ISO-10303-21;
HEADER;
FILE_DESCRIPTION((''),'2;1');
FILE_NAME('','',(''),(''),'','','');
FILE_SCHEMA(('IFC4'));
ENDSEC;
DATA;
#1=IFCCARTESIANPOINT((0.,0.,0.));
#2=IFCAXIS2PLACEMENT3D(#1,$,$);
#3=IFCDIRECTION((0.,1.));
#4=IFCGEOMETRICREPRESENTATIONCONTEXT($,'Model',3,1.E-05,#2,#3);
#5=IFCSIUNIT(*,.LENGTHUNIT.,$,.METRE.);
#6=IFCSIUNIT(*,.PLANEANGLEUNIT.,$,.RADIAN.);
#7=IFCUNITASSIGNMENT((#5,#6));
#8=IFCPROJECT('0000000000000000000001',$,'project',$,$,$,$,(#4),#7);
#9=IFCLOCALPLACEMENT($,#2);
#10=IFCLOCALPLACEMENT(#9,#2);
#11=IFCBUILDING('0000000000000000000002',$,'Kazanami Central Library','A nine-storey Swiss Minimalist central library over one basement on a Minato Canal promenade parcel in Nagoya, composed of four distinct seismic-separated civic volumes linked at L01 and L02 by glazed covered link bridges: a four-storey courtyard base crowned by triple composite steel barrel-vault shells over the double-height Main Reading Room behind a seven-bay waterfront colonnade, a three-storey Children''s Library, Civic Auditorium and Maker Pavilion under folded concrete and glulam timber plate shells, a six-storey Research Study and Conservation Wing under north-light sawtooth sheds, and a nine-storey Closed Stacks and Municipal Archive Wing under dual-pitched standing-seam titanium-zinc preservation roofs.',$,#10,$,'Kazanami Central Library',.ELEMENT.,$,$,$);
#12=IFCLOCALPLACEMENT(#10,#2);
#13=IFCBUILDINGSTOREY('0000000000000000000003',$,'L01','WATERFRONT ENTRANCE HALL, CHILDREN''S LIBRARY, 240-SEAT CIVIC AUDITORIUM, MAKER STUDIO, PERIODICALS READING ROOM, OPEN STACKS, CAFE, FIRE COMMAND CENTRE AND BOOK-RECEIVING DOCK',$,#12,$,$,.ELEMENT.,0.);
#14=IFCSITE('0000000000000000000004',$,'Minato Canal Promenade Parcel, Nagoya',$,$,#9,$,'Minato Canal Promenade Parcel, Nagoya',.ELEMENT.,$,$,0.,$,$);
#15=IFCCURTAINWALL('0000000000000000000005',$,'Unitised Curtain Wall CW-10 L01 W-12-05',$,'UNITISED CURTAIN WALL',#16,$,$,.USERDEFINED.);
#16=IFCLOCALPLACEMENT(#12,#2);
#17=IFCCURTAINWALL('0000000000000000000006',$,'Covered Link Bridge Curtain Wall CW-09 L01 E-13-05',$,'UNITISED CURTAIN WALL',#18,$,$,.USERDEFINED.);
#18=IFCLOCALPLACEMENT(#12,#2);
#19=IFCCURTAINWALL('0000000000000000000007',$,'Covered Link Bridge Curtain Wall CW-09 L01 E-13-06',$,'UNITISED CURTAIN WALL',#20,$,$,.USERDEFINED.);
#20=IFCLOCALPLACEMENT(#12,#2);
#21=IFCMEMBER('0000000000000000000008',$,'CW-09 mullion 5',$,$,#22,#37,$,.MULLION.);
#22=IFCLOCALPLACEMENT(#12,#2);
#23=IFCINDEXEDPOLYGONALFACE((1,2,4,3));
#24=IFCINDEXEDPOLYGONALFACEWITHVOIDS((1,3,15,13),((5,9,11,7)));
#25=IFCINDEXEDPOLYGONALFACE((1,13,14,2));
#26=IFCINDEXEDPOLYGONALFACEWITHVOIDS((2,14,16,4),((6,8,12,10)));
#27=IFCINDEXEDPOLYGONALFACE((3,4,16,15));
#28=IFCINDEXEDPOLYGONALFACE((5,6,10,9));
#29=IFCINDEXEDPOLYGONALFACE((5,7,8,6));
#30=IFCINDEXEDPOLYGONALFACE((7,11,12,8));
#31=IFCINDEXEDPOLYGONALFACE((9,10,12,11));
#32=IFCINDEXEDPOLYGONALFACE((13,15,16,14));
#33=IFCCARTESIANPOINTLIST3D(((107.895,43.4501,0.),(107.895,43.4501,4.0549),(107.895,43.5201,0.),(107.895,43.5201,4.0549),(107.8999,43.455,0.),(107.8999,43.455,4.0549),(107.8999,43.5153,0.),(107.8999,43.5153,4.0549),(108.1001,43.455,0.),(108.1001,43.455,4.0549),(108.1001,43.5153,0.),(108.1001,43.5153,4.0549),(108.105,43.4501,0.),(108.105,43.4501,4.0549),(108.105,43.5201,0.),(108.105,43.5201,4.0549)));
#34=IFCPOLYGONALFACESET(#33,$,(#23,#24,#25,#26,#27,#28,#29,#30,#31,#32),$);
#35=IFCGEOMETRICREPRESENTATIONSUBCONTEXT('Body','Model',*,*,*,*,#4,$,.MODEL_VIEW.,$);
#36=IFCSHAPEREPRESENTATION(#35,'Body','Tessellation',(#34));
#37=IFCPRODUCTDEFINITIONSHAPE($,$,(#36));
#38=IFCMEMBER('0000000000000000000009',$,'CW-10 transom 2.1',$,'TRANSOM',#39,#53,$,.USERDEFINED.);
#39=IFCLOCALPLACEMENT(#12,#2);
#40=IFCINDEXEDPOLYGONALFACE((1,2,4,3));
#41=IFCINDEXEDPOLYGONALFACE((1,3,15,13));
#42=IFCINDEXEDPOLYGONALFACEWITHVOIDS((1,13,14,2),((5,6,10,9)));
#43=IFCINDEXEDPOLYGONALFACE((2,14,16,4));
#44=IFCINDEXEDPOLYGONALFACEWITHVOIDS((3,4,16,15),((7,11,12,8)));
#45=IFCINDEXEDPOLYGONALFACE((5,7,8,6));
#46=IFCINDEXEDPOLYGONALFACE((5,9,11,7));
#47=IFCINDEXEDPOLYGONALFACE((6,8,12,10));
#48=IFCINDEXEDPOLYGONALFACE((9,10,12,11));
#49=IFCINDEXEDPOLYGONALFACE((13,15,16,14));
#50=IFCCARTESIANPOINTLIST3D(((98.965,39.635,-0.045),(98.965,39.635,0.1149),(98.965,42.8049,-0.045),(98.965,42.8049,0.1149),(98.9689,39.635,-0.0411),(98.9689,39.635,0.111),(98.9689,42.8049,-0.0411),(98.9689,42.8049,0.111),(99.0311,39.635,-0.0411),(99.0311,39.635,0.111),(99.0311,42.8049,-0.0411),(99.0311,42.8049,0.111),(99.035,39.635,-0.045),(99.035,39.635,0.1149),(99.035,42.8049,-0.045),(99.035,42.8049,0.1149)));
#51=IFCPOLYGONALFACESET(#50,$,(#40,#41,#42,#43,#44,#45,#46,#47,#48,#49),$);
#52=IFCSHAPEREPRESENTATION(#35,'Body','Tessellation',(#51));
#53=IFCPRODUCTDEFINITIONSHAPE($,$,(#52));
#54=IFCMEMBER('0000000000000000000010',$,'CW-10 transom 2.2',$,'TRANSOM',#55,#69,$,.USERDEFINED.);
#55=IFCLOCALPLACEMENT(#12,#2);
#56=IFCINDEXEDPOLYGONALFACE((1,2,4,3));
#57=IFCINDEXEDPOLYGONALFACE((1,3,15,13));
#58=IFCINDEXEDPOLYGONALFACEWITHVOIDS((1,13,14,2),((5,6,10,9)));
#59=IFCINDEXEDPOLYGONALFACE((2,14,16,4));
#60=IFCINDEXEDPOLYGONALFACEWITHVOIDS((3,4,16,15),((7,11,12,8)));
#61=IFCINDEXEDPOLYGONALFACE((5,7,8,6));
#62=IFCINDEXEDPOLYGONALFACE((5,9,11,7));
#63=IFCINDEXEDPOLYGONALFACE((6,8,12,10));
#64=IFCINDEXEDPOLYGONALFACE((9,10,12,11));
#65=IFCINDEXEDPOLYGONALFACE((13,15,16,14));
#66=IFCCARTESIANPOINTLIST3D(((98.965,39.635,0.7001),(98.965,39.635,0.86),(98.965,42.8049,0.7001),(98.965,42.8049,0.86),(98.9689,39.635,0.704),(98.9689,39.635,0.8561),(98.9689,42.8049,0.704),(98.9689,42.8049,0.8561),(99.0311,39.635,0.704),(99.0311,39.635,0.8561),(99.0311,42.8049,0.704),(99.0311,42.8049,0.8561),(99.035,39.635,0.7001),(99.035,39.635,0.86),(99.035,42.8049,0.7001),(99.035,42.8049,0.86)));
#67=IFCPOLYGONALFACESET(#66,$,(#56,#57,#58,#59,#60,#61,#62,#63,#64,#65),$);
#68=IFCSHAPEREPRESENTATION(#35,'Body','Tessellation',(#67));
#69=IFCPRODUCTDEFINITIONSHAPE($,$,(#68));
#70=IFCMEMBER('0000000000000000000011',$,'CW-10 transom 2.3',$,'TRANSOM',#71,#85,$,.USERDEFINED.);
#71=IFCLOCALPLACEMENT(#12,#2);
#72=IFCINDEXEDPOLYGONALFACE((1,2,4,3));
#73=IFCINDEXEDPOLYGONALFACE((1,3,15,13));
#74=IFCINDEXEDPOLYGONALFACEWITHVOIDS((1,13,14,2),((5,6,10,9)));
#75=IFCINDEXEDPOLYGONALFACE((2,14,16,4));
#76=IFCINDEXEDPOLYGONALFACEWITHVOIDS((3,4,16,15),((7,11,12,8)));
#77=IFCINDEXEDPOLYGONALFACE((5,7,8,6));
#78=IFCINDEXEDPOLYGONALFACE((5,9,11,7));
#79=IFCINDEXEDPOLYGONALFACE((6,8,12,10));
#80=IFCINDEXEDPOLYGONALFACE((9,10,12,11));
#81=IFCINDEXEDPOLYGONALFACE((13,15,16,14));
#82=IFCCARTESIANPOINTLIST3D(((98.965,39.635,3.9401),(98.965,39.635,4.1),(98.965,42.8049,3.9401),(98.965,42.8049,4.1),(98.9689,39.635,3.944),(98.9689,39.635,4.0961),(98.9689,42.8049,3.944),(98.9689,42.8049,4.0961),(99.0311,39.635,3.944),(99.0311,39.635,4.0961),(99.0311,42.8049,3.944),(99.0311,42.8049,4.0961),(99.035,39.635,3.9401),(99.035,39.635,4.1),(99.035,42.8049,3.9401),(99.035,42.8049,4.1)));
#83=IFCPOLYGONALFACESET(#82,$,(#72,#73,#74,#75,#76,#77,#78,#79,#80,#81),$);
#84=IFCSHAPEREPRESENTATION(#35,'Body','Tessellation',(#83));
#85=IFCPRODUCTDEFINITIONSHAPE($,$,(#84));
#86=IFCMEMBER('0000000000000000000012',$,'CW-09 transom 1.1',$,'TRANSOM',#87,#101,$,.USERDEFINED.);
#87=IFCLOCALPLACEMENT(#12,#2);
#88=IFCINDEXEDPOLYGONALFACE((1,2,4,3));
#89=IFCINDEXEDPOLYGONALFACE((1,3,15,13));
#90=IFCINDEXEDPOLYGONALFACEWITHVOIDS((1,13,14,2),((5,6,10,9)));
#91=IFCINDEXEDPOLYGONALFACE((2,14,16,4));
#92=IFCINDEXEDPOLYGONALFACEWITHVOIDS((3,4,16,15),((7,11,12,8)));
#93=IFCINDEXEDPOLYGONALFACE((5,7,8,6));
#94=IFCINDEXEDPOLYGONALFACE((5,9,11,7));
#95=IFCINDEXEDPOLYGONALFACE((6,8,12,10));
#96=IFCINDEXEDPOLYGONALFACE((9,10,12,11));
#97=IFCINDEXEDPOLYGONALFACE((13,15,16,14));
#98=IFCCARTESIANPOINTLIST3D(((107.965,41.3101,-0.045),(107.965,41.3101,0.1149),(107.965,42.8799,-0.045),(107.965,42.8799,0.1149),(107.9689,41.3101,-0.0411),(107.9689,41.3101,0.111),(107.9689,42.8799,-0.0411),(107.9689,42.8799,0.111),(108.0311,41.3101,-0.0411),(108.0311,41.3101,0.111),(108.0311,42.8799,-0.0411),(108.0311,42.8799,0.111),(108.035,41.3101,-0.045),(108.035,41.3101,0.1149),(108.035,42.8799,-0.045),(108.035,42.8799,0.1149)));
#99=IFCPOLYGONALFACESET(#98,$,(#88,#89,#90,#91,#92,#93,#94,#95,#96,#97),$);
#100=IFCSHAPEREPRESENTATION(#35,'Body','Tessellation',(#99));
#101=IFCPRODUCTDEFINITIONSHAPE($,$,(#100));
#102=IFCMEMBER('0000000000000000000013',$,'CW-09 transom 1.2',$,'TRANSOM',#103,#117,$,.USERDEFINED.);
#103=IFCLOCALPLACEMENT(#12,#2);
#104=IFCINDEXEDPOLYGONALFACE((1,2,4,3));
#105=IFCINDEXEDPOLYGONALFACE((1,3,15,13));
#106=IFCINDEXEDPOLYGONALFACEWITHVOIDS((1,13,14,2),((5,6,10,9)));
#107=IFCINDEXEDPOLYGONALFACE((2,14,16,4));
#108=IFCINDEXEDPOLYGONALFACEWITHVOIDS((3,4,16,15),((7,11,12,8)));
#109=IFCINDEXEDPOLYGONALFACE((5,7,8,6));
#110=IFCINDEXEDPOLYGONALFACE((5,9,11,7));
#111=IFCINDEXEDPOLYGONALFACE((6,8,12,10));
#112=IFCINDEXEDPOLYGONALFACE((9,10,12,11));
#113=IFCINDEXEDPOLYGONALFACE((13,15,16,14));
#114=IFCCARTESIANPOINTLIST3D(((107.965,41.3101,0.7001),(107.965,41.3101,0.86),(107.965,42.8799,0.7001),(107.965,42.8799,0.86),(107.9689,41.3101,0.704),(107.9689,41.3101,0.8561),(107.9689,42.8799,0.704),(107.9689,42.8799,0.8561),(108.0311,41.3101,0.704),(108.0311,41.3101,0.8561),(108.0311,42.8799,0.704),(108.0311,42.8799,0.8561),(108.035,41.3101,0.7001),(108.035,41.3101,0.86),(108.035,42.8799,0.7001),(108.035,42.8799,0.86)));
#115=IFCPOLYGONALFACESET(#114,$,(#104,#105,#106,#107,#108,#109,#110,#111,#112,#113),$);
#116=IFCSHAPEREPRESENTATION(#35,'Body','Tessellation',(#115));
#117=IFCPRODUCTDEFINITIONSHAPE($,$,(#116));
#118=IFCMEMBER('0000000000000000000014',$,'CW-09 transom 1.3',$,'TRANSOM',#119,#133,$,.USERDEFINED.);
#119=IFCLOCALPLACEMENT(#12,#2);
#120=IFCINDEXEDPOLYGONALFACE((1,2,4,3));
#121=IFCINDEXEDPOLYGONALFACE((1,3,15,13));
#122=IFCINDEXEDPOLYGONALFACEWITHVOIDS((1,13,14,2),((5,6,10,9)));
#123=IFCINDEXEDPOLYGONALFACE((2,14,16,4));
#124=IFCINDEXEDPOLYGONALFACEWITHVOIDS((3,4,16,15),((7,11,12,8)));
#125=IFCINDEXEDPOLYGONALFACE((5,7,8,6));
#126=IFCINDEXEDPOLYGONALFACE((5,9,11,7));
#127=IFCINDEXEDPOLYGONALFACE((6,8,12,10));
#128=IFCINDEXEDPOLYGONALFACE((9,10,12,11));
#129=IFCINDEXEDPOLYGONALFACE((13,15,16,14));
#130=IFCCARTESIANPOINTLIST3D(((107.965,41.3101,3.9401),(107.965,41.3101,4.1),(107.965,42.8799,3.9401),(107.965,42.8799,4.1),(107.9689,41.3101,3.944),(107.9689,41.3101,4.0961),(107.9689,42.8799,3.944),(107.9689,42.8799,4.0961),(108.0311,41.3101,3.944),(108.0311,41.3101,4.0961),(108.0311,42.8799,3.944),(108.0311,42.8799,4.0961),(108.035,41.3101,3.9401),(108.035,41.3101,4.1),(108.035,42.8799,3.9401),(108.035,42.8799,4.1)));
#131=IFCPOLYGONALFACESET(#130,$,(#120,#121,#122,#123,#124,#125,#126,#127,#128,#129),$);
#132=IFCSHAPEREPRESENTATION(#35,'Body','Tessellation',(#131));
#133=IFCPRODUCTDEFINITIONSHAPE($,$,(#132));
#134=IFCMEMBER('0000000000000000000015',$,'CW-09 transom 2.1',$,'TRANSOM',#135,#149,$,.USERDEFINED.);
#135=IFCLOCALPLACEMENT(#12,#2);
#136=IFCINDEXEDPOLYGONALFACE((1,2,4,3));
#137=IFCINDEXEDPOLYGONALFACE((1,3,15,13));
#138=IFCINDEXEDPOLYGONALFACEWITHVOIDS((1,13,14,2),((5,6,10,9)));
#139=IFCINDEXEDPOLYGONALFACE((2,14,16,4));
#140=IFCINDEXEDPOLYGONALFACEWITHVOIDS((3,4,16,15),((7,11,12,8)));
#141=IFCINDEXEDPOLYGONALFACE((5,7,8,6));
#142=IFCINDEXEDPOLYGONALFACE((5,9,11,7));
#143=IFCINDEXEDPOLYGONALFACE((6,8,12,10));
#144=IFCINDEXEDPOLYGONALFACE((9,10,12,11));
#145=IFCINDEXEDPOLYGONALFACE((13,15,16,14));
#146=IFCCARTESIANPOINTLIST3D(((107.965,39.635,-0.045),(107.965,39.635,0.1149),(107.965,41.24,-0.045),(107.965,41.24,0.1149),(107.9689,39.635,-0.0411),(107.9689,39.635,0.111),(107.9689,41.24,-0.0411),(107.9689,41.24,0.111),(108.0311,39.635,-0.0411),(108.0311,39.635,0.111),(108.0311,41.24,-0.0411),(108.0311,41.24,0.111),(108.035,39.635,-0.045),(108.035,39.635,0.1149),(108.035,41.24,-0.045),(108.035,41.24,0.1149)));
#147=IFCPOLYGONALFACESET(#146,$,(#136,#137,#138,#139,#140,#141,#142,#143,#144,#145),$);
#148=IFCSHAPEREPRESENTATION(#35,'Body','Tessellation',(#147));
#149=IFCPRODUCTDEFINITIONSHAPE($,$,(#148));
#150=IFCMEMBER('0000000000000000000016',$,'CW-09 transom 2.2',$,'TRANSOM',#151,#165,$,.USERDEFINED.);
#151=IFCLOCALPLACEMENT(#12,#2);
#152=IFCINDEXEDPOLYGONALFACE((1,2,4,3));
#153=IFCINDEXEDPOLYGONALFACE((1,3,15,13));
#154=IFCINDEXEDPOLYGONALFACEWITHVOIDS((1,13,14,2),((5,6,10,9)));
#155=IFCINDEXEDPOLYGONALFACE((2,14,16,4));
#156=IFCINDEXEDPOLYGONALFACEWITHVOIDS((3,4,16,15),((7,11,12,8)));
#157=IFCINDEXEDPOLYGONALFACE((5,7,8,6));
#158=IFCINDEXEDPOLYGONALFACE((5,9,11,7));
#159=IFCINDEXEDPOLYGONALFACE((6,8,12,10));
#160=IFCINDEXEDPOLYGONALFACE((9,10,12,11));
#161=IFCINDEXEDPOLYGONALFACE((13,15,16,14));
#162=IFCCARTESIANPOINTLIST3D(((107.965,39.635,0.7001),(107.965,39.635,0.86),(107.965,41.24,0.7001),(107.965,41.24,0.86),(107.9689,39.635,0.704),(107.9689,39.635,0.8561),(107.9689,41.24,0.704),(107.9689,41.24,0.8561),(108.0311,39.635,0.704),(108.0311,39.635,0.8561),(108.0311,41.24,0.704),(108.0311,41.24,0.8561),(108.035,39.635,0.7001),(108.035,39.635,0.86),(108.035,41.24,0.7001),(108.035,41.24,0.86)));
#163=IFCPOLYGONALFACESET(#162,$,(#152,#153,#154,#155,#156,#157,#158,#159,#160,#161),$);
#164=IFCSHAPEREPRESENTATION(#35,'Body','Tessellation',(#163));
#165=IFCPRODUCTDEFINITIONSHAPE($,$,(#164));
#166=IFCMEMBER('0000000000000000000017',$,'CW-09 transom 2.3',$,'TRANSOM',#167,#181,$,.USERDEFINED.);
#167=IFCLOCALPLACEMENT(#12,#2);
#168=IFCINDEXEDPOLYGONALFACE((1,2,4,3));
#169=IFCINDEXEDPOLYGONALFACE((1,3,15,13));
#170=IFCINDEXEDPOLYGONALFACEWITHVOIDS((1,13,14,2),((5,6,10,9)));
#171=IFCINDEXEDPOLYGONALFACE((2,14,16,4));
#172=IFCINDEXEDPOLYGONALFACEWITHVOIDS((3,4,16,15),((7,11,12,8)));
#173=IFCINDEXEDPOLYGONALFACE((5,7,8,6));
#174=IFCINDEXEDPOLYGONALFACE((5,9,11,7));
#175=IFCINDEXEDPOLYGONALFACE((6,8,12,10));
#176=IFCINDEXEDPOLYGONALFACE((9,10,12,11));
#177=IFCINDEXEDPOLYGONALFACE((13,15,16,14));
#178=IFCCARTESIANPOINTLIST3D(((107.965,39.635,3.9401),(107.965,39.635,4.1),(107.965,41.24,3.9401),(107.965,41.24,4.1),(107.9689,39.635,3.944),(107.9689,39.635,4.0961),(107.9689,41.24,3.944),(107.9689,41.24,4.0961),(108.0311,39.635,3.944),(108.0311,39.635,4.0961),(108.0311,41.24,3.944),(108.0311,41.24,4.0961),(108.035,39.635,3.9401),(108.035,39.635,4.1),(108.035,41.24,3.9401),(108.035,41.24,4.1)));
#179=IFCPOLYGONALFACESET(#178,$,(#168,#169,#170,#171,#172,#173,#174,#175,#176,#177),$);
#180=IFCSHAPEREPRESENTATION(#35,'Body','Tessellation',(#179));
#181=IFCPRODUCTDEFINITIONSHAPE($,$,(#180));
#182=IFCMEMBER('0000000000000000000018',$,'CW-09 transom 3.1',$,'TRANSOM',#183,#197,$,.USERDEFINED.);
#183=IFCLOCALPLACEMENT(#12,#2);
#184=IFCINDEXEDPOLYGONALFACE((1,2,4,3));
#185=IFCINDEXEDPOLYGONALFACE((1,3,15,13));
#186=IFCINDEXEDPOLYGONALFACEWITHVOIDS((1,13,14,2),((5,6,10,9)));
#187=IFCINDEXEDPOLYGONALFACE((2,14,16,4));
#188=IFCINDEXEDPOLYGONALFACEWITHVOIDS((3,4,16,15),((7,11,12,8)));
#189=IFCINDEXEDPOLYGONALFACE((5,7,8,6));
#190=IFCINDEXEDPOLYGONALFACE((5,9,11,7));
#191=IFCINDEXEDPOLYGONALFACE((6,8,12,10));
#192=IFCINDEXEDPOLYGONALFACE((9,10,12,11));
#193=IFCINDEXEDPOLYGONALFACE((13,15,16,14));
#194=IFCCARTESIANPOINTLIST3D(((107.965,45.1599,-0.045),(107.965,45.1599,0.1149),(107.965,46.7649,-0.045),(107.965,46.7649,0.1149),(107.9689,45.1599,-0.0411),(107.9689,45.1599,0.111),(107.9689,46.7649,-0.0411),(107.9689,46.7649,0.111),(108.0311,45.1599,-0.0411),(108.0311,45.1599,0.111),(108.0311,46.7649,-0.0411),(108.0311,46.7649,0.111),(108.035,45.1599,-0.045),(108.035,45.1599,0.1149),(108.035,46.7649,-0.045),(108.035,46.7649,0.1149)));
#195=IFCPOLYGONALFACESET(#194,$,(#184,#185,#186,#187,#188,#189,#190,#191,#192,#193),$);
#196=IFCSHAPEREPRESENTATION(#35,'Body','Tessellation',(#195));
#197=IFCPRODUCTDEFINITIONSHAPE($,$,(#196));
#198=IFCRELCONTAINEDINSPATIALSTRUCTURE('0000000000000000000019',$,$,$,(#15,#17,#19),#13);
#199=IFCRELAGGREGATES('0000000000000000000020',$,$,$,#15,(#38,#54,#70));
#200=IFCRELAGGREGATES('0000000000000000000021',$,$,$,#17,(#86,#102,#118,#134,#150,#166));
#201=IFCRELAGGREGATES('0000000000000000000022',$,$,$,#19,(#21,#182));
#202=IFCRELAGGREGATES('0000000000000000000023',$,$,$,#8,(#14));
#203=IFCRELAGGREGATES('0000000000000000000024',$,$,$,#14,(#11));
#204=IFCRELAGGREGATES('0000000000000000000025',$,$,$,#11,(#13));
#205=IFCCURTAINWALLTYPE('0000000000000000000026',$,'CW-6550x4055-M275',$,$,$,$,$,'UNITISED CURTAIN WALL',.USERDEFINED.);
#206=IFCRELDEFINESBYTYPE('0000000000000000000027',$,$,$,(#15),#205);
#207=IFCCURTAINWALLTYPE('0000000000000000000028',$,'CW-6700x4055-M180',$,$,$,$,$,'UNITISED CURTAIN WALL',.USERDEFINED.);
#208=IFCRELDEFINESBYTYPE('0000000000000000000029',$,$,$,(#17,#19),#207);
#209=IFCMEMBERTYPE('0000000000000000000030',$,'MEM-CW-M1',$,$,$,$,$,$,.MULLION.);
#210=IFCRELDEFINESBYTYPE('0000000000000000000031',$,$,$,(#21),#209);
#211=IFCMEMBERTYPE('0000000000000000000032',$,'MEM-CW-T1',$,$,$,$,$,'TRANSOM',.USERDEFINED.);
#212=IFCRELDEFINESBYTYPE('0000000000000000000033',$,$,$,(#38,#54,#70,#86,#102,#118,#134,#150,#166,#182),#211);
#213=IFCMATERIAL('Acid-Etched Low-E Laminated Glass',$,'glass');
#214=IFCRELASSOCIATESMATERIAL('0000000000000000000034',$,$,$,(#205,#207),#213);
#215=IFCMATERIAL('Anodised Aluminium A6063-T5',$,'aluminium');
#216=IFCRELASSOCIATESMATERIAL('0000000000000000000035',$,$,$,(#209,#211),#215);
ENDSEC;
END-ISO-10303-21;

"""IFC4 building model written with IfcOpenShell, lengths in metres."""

from ifc_helpers import new_model, si_unit, direction, frame, origin, origin_2d, place, context, subcontext, project, spatial, hollow_rectangle, extrude, material, material_profile, profile_set, type_object, element, aggregate, save


model = new_model("IFC4")

# Units and contexts
model_context = context("Model", 3, precision=1e-05, world=origin(), true_north=direction((0.0, 1.0)))
body_context = subcontext(model_context, "Body", "Model", "MODEL_VIEW")
ifc_project = project(units=[si_unit("LENGTHUNIT", "METRE"), si_unit("PLANEANGLEUNIT", "RADIAN")], contexts=[model_context])

# Site, building, storey
site_placement = place(None, origin())
site = spatial("IfcSite", under=ifc_project, at=site_placement, Name="Minato Canal Promenade Parcel, Nagoya", LongName="Minato Canal Promenade Parcel, Nagoya", CompositionType="ELEMENT", RefElevation=0.0)
building_placement = place(site_placement, origin())
building = spatial("IfcBuilding", under=site, at=building_placement, Name="Kazanami Central Library", Description="A nine-storey Swiss Minimalist central library over one basement on a Minato Canal promenade parcel in Nagoya, composed of four distinct seismic-separated civic volumes linked at L01 and L02 by glazed covered link bridges: a four-storey courtyard base crowned by triple composite steel barrel-vault shells over the double-height Main Reading Room behind a seven-bay waterfront colonnade, a three-storey Children's Library, Civic Auditorium and Maker Pavilion under folded concrete and glulam timber plate shells, a six-storey Research Study and Conservation Wing under north-light sawtooth sheds, and a nine-storey Closed Stacks and Municipal Archive Wing under dual-pitched standing-seam titanium-zinc preservation roofs.", LongName="Kazanami Central Library", CompositionType="ELEMENT")
storey_placement = place(building_placement, origin())
storey = spatial("IfcBuildingStorey", under=building, at=storey_placement, Name="L01", Description="WATERFRONT ENTRANCE HALL, CHILDREN'S LIBRARY, 240-SEAT CIVIC AUDITORIUM, MAKER STUDIO, PERIODICALS READING ROOM, OPEN STACKS, CAFE, FIRE COMMAND CENTRE AND BOOK-RECEIVING DOCK", CompositionType="ELEMENT", Elevation=0.0)

# Curtain wall
ifc_material_1 = material(Name="Acid-Etched Low-E Laminated Glass", Category="glass")
curtain_wall_type_1 = type_object("IfcCurtainWallType", Name="CW-6550x4055-M275", ElementType="UNITISED CURTAIN WALL", PredefinedType="USERDEFINED", material=ifc_material_1)
curtain_wall_1_placement = place(storey_placement, origin())
curtain_wall_1 = element("IfcCurtainWall", 1, at=curtain_wall_1_placement, inside=storey, type_object=curtain_wall_type_1, Name="Unitised Curtain Wall CW-10 L01 W-12-05", ObjectType="UNITISED CURTAIN WALL", PredefinedType="USERDEFINED")
ifc_material_2 = material(Name="Anodised Aluminium A6063-T5", Category="aluminium")
ifc_material_profile_1 = material_profile(ifc_material_2, hollow_rectangle(XDim=0.0701, YDim=0.21, WallThickness=0.0049, at=origin_2d()), Name="ALU-MULL-70x210x5")
ifc_profile_set_1 = profile_set([ifc_material_profile_1], Name="Anodised Aluminium A6063-T5")
member_type_1 = type_object("IfcMemberType", Name="MEM-CW-M1", PredefinedType="MULLION", material=ifc_profile_set_1)

# Curtain walls, member
curtain_wall_type_2 = type_object("IfcCurtainWallType", Name="CW-6700x4055-M180", ElementType="UNITISED CURTAIN WALL", PredefinedType="USERDEFINED", material=ifc_material_1)
curtain_wall_2_placement = place(storey_placement, origin())
curtain_wall_2 = element("IfcCurtainWall", 2, at=curtain_wall_2_placement, inside=storey, type_object=curtain_wall_type_2, Name="Covered Link Bridge Curtain Wall CW-09 L01 E-13-05", ObjectType="UNITISED CURTAIN WALL", PredefinedType="USERDEFINED")
curtain_wall_3_placement = place(storey_placement, origin())
curtain_wall_3 = element("IfcCurtainWall", 3, at=curtain_wall_3_placement, inside=storey, type_object=curtain_wall_type_2, Name="Covered Link Bridge Curtain Wall CW-09 L01 E-13-06", ObjectType="UNITISED CURTAIN WALL", PredefinedType="USERDEFINED")
member_1_placement = place(storey_placement, frame((108.0, 43.4851, 0.0), z_axis=(0.0, 0.0, 1.0), x_axis=(0.0, -1.0, 0.0)))
member_1 = element("IfcMember", 4, at=member_1_placement, type_object=member_type_1, Name="CW-09 mullion 5", PredefinedType="MULLION", context=body_context, shape_type="SweptSolid", body=[
    extrude(hollow_rectangle(XDim=0.0701, YDim=0.21, WallThickness=0.0049, at=origin_2d()), origin(), (0.0, 0.0, 1.0), 4.0549),
])

# Members
ifc_material_profile_2 = material_profile(ifc_material_2, hollow_rectangle(XDim=0.0701, YDim=0.1599, WallThickness=0.0039, at=origin_2d()), Name="ALU-TRAN-70x160x4")
ifc_profile_set_2 = profile_set([ifc_material_profile_2], Name="Anodised Aluminium A6063-T5")
member_type_2 = type_object("IfcMemberType", Name="MEM-CW-T1", ElementType="TRANSOM", PredefinedType="USERDEFINED", material=ifc_profile_set_2)
member_2_placement = place(storey_placement, frame((99.0, 39.635, 0.0349), z_axis=(0.0, 1.0, 0.0), x_axis=(-1.0, 0.0, 0.0)))
member_2 = element("IfcMember", 5, at=member_2_placement, type_object=member_type_2, Name="CW-10 transom 2.1", ObjectType="TRANSOM", PredefinedType="USERDEFINED", context=body_context, shape_type="SweptSolid", body=[
    extrude(hollow_rectangle(XDim=0.0701, YDim=0.1599, WallThickness=0.0039, at=origin_2d()), origin(), (0.0, 0.0, 1.0), 3.1699),
])
member_3_placement = place(storey_placement, frame((99.0, 39.635, 0.78), z_axis=(0.0, 1.0, 0.0), x_axis=(-1.0, 0.0, 0.0)))
member_3 = element("IfcMember", 6, at=member_3_placement, type_object=member_type_2, Name="CW-10 transom 2.2", ObjectType="TRANSOM", PredefinedType="USERDEFINED", context=body_context, shape_type="SweptSolid", body=[
    extrude(hollow_rectangle(XDim=0.0701, YDim=0.1599, WallThickness=0.0039, at=origin_2d()), origin(), (0.0, 0.0, 1.0), 3.1699),
])
member_4_placement = place(storey_placement, frame((99.0, 39.635, 4.02), z_axis=(0.0, 1.0, 0.0), x_axis=(-1.0, 0.0, 0.0)))
member_4 = element("IfcMember", 7, at=member_4_placement, type_object=member_type_2, Name="CW-10 transom 2.3", ObjectType="TRANSOM", PredefinedType="USERDEFINED", context=body_context, shape_type="SweptSolid", body=[
    extrude(hollow_rectangle(XDim=0.0701, YDim=0.1599, WallThickness=0.0039, at=origin_2d()), origin(), (0.0, 0.0, 1.0), 3.1699),
])
member_5_placement = place(storey_placement, frame((108.0, 42.8799, 0.0349), z_axis=(0.0, -1.0, 0.0), x_axis=(1.0, 0.0, 0.0)))
member_5 = element("IfcMember", 8, at=member_5_placement, type_object=member_type_2, Name="CW-09 transom 1.1", ObjectType="TRANSOM", PredefinedType="USERDEFINED", context=body_context, shape_type="SweptSolid", body=[
    extrude(hollow_rectangle(XDim=0.0701, YDim=0.1599, WallThickness=0.0039, at=origin_2d()), origin(), (0.0, 0.0, 1.0), 1.5698),
])
member_6_placement = place(storey_placement, frame((108.0, 42.8799, 0.78), z_axis=(0.0, -1.0, 0.0), x_axis=(1.0, 0.0, 0.0)))
member_6 = element("IfcMember", 9, at=member_6_placement, type_object=member_type_2, Name="CW-09 transom 1.2", ObjectType="TRANSOM", PredefinedType="USERDEFINED", context=body_context, shape_type="SweptSolid", body=[
    extrude(hollow_rectangle(XDim=0.0701, YDim=0.1599, WallThickness=0.0039, at=origin_2d()), origin(), (0.0, 0.0, 1.0), 1.5698),
])
member_7_placement = place(storey_placement, frame((108.0, 42.8799, 4.02), z_axis=(0.0, -1.0, 0.0), x_axis=(1.0, 0.0, 0.0)))
member_7 = element("IfcMember", 10, at=member_7_placement, type_object=member_type_2, Name="CW-09 transom 1.3", ObjectType="TRANSOM", PredefinedType="USERDEFINED", context=body_context, shape_type="SweptSolid", body=[
    extrude(hollow_rectangle(XDim=0.0701, YDim=0.1599, WallThickness=0.0039, at=origin_2d()), origin(), (0.0, 0.0, 1.0), 1.5698),
])
member_8_placement = place(storey_placement, frame((108.0, 41.24, 0.0349), z_axis=(0.0, -1.0, 0.0), x_axis=(1.0, 0.0, 0.0)))
member_8 = element("IfcMember", 11, at=member_8_placement, type_object=member_type_2, Name="CW-09 transom 2.1", ObjectType="TRANSOM", PredefinedType="USERDEFINED", context=body_context, shape_type="SweptSolid", body=[
    extrude(hollow_rectangle(XDim=0.0701, YDim=0.1599, WallThickness=0.0039, at=origin_2d()), origin(), (0.0, 0.0, 1.0), 1.605),
])
member_9_placement = place(storey_placement, frame((108.0, 41.24, 0.78), z_axis=(0.0, -1.0, 0.0), x_axis=(1.0, 0.0, 0.0)))
member_9 = element("IfcMember", 12, at=member_9_placement, type_object=member_type_2, Name="CW-09 transom 2.2", ObjectType="TRANSOM", PredefinedType="USERDEFINED", context=body_context, shape_type="SweptSolid", body=[
    extrude(hollow_rectangle(XDim=0.0701, YDim=0.1599, WallThickness=0.0039, at=origin_2d()), origin(), (0.0, 0.0, 1.0), 1.605),
])
member_10_placement = place(storey_placement, frame((108.0, 41.24, 4.02), z_axis=(0.0, -1.0, 0.0), x_axis=(1.0, 0.0, 0.0)))
member_10 = element("IfcMember", 13, at=member_10_placement, type_object=member_type_2, Name="CW-09 transom 2.3", ObjectType="TRANSOM", PredefinedType="USERDEFINED", context=body_context, shape_type="SweptSolid", body=[
    extrude(hollow_rectangle(XDim=0.0701, YDim=0.1599, WallThickness=0.0039, at=origin_2d()), origin(), (0.0, 0.0, 1.0), 1.605),
])
member_11_placement = place(storey_placement, frame((108.0, 46.7649, 0.0349), z_axis=(0.0, -1.0, 0.0), x_axis=(1.0, 0.0, 0.0)))
member_11 = element("IfcMember", 14, at=member_11_placement, type_object=member_type_2, Name="CW-09 transom 3.1", ObjectType="TRANSOM", PredefinedType="USERDEFINED", context=body_context, shape_type="SweptSolid", body=[
    extrude(hollow_rectangle(XDim=0.0701, YDim=0.1599, WallThickness=0.0039, at=origin_2d()), origin(), (0.0, 0.0, 1.0), 1.605),
])

aggregate(curtain_wall_1, [member_2, member_3, member_4])
aggregate(curtain_wall_2, [member_5, member_6, member_7, member_8, member_9, member_10])
aggregate(curtain_wall_3, [member_1, member_11])

save(model, "model.ifc")
